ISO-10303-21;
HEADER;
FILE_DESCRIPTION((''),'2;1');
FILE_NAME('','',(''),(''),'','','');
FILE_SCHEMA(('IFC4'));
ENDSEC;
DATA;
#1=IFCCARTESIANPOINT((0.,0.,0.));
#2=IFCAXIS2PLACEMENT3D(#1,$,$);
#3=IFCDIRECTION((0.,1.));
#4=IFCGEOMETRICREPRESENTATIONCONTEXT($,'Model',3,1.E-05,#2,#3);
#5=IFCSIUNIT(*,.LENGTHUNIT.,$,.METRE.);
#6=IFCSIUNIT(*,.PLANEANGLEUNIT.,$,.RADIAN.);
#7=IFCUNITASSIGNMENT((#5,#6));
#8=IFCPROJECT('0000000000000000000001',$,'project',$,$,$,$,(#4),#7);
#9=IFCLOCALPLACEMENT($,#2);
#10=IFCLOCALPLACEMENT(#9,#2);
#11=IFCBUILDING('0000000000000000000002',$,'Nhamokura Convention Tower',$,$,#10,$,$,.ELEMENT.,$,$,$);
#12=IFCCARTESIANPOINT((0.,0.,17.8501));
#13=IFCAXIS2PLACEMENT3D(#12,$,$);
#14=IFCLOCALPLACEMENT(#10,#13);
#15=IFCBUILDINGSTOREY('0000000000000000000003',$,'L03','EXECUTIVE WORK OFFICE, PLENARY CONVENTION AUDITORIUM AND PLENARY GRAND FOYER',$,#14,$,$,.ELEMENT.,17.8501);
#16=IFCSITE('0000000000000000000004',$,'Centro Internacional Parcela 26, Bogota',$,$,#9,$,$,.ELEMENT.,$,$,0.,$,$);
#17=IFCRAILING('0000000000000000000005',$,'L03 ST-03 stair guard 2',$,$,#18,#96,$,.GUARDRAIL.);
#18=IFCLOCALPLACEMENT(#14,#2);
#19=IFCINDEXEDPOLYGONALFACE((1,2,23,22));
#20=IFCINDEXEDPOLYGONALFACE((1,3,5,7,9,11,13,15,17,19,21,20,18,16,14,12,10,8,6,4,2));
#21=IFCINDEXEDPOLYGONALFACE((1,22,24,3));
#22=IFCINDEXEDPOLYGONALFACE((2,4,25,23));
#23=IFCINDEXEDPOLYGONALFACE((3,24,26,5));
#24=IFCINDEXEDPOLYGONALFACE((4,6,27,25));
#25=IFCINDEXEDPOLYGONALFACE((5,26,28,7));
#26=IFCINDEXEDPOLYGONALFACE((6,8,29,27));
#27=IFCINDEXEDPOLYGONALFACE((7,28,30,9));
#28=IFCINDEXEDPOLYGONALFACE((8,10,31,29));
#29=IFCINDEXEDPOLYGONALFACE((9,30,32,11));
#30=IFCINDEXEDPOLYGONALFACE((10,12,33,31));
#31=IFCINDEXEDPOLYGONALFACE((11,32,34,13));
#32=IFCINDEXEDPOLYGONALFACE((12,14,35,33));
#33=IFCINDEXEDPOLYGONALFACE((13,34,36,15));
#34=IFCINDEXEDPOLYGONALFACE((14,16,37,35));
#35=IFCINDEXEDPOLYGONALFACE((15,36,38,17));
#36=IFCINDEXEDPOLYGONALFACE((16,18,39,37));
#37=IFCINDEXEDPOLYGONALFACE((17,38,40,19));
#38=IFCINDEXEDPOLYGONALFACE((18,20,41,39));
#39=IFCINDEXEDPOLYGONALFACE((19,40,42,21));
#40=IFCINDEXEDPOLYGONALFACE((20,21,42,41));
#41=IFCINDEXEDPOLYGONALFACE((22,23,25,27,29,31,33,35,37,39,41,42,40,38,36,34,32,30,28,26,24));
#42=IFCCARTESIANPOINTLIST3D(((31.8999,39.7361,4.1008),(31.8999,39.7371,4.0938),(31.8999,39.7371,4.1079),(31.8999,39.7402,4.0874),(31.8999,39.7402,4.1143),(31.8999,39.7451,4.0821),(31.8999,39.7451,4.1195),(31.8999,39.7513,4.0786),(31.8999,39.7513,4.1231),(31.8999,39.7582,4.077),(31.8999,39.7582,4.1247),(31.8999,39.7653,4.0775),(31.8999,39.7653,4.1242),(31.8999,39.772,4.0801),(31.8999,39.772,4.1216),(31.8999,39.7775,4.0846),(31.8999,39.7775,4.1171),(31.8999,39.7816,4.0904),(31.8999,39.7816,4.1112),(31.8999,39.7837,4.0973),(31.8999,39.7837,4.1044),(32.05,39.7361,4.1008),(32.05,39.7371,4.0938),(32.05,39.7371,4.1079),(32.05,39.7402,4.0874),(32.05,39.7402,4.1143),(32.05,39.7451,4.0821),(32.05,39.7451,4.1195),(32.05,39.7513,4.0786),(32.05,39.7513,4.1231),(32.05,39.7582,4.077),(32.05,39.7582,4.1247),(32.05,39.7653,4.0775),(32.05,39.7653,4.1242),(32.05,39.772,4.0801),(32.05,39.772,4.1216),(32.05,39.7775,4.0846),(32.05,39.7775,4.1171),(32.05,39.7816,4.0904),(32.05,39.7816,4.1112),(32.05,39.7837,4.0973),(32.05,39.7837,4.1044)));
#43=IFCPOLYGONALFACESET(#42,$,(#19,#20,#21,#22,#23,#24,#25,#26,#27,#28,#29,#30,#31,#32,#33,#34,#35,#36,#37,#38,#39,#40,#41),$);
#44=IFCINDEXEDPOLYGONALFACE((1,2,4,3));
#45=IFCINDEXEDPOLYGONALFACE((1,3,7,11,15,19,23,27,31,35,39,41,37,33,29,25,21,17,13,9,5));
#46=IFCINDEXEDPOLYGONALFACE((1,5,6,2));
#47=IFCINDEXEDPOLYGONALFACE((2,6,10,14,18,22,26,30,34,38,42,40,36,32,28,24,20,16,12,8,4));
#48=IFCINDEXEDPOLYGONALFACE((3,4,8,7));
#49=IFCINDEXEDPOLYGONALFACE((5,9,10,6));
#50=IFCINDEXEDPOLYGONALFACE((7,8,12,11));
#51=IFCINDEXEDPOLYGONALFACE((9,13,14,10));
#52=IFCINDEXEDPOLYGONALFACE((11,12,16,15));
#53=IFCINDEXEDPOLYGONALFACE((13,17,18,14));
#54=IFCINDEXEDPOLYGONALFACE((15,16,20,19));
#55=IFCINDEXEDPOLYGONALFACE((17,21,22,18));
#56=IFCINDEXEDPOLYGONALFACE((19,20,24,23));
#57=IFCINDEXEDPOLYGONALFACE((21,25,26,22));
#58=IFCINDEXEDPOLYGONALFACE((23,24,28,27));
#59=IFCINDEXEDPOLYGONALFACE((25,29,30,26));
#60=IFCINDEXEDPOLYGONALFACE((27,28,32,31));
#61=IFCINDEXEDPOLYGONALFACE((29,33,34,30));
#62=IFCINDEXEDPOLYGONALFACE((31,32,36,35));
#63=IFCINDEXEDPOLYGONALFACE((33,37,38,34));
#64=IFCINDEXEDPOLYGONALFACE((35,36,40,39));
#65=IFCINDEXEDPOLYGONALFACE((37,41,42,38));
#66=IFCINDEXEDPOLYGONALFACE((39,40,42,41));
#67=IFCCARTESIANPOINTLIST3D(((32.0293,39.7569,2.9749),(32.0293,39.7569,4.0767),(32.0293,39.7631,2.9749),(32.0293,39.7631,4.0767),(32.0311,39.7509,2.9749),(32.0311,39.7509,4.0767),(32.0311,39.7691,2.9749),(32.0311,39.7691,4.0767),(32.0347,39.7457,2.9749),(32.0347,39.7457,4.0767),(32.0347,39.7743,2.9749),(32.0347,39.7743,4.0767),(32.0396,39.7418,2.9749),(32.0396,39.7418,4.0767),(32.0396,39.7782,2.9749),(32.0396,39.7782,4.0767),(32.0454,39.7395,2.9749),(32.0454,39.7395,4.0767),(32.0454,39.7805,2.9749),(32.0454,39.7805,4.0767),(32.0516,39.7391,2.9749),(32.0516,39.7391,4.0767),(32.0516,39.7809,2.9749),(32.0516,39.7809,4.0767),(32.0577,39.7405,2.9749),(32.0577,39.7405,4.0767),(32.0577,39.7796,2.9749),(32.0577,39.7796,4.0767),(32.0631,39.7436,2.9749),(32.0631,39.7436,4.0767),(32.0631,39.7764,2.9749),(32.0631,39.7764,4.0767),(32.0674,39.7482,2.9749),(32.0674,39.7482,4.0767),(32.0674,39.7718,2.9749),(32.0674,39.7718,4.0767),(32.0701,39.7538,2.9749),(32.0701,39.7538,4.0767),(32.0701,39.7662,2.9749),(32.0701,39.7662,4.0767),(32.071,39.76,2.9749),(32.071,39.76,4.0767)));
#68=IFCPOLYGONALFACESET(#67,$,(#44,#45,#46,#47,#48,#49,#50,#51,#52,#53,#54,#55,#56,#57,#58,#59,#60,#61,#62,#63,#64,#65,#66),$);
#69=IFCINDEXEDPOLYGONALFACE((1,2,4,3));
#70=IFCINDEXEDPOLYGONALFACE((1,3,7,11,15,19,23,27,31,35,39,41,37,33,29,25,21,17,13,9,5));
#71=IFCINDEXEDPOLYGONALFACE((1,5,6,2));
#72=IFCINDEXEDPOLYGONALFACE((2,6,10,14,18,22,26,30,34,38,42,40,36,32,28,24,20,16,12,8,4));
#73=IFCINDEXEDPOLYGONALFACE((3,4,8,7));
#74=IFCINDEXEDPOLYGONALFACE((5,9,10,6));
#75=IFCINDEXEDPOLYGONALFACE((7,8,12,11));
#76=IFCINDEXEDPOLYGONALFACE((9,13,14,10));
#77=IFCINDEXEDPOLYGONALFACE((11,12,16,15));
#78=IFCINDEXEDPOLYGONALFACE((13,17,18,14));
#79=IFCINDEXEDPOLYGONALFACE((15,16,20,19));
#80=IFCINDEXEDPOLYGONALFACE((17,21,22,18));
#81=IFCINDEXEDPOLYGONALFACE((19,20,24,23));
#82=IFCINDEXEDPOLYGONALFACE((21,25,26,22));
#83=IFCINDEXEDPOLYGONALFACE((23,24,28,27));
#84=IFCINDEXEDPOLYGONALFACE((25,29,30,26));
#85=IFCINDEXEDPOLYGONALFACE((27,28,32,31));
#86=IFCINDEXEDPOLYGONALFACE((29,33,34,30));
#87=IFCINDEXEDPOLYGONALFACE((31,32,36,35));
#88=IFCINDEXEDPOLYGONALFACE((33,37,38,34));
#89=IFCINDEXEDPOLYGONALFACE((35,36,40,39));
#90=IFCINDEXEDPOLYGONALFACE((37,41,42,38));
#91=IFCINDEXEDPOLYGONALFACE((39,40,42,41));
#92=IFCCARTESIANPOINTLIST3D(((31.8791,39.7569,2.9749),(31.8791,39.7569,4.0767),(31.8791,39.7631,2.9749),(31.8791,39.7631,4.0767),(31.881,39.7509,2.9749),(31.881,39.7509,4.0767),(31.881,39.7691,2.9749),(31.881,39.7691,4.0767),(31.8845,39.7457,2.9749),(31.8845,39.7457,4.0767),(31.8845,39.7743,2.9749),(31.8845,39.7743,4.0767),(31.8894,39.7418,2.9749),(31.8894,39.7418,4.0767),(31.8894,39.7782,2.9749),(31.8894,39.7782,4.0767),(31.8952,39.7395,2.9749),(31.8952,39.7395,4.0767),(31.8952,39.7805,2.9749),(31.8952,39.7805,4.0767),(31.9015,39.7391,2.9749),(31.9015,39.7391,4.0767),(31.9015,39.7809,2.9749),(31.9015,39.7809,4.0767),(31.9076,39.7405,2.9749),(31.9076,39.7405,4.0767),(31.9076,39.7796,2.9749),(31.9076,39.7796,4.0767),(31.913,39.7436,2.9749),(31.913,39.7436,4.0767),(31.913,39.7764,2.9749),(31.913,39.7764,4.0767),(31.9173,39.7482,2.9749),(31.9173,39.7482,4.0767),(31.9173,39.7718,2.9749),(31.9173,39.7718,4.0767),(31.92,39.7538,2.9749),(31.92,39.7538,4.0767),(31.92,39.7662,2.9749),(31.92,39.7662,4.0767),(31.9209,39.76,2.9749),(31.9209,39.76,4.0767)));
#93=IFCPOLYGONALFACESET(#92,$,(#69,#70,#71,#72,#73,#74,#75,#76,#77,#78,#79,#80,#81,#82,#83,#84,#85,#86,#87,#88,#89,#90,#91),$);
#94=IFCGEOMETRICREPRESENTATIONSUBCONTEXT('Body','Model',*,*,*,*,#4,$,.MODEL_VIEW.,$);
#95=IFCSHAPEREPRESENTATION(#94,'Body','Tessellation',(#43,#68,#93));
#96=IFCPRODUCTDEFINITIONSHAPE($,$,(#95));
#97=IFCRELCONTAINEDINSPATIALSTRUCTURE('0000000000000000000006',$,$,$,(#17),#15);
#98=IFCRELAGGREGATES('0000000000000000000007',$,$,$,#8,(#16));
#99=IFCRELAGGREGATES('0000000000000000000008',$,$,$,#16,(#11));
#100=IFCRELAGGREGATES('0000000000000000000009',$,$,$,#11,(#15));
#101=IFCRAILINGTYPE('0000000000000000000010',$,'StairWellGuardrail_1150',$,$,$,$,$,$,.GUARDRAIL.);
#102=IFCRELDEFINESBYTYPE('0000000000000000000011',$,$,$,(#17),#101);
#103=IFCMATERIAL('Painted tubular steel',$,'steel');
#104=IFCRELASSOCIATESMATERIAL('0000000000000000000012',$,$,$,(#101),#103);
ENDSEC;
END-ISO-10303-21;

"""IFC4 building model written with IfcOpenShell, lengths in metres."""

from ifc_helpers import new_model, si_unit, direction, frame, origin, origin_2d, place, context, subcontext, project, spatial, circle, extrude, material, type_object, element, save


model = new_model("IFC4")

# Units and contexts
model_context = context("Model", 3, precision=1e-05, world=origin(), true_north=direction((0.0, 1.0)))
body_context = subcontext(model_context, "Body", "Model", "MODEL_VIEW")
ifc_project = project(units=[si_unit("LENGTHUNIT", "METRE"), si_unit("PLANEANGLEUNIT", "RADIAN")], contexts=[model_context])

# Site, building, storey
site_placement = place(None, origin())
site = spatial("IfcSite", under=ifc_project, at=site_placement, Name="Centro Internacional Parcela 26, Bogota", CompositionType="ELEMENT", RefElevation=0.0)
building_placement = place(site_placement, origin())
building = spatial("IfcBuilding", under=site, at=building_placement, Name="Nhamokura Convention Tower", CompositionType="ELEMENT")
storey_placement = place(building_placement, frame((0.0, 0.0, 17.8501)))
storey = spatial("IfcBuildingStorey", under=building, at=storey_placement, Name="L03", Description="EXECUTIVE WORK OFFICE, PLENARY CONVENTION AUDITORIUM AND PLENARY GRAND FOYER", CompositionType="ELEMENT", Elevation=17.8501)

# Railing
ifc_material_1 = material(Name="Painted tubular steel", Category="steel")
railing_type_1 = type_object("IfcRailingType", Name="StairWellGuardrail_1150", PredefinedType="GUARDRAIL", material=ifc_material_1)
railing_1_placement = place(storey_placement, frame((32.05, 39.76, 2.9749)))
element("IfcRailing", 1, at=railing_1_placement, inside=storey, type_object=railing_type_1, Name="L03 ST-03 stair guard 2", PredefinedType="GUARDRAIL", context=body_context, shape_type="SweptSolid", body=[
    extrude(circle(Radius=0.0239, at=origin_2d()), frame((0.0, 0.0, 1.126), z_axis=(-1.0, 0.0, 0.0), x_axis=(0.0, -1.0, 0.0)), (0.0, 0.0, 1.0), 0.1501),
    extrude(circle(Radius=0.021, at=origin_2d()), origin(), (0.0, 0.0, 1.0), 1.1018),
    extrude(circle(Radius=0.021, at=origin_2d()), frame((-0.1501, 0.0, 0.0)), (0.0, 0.0, 1.0), 1.1018),
])

save(model, "model.ifc")
